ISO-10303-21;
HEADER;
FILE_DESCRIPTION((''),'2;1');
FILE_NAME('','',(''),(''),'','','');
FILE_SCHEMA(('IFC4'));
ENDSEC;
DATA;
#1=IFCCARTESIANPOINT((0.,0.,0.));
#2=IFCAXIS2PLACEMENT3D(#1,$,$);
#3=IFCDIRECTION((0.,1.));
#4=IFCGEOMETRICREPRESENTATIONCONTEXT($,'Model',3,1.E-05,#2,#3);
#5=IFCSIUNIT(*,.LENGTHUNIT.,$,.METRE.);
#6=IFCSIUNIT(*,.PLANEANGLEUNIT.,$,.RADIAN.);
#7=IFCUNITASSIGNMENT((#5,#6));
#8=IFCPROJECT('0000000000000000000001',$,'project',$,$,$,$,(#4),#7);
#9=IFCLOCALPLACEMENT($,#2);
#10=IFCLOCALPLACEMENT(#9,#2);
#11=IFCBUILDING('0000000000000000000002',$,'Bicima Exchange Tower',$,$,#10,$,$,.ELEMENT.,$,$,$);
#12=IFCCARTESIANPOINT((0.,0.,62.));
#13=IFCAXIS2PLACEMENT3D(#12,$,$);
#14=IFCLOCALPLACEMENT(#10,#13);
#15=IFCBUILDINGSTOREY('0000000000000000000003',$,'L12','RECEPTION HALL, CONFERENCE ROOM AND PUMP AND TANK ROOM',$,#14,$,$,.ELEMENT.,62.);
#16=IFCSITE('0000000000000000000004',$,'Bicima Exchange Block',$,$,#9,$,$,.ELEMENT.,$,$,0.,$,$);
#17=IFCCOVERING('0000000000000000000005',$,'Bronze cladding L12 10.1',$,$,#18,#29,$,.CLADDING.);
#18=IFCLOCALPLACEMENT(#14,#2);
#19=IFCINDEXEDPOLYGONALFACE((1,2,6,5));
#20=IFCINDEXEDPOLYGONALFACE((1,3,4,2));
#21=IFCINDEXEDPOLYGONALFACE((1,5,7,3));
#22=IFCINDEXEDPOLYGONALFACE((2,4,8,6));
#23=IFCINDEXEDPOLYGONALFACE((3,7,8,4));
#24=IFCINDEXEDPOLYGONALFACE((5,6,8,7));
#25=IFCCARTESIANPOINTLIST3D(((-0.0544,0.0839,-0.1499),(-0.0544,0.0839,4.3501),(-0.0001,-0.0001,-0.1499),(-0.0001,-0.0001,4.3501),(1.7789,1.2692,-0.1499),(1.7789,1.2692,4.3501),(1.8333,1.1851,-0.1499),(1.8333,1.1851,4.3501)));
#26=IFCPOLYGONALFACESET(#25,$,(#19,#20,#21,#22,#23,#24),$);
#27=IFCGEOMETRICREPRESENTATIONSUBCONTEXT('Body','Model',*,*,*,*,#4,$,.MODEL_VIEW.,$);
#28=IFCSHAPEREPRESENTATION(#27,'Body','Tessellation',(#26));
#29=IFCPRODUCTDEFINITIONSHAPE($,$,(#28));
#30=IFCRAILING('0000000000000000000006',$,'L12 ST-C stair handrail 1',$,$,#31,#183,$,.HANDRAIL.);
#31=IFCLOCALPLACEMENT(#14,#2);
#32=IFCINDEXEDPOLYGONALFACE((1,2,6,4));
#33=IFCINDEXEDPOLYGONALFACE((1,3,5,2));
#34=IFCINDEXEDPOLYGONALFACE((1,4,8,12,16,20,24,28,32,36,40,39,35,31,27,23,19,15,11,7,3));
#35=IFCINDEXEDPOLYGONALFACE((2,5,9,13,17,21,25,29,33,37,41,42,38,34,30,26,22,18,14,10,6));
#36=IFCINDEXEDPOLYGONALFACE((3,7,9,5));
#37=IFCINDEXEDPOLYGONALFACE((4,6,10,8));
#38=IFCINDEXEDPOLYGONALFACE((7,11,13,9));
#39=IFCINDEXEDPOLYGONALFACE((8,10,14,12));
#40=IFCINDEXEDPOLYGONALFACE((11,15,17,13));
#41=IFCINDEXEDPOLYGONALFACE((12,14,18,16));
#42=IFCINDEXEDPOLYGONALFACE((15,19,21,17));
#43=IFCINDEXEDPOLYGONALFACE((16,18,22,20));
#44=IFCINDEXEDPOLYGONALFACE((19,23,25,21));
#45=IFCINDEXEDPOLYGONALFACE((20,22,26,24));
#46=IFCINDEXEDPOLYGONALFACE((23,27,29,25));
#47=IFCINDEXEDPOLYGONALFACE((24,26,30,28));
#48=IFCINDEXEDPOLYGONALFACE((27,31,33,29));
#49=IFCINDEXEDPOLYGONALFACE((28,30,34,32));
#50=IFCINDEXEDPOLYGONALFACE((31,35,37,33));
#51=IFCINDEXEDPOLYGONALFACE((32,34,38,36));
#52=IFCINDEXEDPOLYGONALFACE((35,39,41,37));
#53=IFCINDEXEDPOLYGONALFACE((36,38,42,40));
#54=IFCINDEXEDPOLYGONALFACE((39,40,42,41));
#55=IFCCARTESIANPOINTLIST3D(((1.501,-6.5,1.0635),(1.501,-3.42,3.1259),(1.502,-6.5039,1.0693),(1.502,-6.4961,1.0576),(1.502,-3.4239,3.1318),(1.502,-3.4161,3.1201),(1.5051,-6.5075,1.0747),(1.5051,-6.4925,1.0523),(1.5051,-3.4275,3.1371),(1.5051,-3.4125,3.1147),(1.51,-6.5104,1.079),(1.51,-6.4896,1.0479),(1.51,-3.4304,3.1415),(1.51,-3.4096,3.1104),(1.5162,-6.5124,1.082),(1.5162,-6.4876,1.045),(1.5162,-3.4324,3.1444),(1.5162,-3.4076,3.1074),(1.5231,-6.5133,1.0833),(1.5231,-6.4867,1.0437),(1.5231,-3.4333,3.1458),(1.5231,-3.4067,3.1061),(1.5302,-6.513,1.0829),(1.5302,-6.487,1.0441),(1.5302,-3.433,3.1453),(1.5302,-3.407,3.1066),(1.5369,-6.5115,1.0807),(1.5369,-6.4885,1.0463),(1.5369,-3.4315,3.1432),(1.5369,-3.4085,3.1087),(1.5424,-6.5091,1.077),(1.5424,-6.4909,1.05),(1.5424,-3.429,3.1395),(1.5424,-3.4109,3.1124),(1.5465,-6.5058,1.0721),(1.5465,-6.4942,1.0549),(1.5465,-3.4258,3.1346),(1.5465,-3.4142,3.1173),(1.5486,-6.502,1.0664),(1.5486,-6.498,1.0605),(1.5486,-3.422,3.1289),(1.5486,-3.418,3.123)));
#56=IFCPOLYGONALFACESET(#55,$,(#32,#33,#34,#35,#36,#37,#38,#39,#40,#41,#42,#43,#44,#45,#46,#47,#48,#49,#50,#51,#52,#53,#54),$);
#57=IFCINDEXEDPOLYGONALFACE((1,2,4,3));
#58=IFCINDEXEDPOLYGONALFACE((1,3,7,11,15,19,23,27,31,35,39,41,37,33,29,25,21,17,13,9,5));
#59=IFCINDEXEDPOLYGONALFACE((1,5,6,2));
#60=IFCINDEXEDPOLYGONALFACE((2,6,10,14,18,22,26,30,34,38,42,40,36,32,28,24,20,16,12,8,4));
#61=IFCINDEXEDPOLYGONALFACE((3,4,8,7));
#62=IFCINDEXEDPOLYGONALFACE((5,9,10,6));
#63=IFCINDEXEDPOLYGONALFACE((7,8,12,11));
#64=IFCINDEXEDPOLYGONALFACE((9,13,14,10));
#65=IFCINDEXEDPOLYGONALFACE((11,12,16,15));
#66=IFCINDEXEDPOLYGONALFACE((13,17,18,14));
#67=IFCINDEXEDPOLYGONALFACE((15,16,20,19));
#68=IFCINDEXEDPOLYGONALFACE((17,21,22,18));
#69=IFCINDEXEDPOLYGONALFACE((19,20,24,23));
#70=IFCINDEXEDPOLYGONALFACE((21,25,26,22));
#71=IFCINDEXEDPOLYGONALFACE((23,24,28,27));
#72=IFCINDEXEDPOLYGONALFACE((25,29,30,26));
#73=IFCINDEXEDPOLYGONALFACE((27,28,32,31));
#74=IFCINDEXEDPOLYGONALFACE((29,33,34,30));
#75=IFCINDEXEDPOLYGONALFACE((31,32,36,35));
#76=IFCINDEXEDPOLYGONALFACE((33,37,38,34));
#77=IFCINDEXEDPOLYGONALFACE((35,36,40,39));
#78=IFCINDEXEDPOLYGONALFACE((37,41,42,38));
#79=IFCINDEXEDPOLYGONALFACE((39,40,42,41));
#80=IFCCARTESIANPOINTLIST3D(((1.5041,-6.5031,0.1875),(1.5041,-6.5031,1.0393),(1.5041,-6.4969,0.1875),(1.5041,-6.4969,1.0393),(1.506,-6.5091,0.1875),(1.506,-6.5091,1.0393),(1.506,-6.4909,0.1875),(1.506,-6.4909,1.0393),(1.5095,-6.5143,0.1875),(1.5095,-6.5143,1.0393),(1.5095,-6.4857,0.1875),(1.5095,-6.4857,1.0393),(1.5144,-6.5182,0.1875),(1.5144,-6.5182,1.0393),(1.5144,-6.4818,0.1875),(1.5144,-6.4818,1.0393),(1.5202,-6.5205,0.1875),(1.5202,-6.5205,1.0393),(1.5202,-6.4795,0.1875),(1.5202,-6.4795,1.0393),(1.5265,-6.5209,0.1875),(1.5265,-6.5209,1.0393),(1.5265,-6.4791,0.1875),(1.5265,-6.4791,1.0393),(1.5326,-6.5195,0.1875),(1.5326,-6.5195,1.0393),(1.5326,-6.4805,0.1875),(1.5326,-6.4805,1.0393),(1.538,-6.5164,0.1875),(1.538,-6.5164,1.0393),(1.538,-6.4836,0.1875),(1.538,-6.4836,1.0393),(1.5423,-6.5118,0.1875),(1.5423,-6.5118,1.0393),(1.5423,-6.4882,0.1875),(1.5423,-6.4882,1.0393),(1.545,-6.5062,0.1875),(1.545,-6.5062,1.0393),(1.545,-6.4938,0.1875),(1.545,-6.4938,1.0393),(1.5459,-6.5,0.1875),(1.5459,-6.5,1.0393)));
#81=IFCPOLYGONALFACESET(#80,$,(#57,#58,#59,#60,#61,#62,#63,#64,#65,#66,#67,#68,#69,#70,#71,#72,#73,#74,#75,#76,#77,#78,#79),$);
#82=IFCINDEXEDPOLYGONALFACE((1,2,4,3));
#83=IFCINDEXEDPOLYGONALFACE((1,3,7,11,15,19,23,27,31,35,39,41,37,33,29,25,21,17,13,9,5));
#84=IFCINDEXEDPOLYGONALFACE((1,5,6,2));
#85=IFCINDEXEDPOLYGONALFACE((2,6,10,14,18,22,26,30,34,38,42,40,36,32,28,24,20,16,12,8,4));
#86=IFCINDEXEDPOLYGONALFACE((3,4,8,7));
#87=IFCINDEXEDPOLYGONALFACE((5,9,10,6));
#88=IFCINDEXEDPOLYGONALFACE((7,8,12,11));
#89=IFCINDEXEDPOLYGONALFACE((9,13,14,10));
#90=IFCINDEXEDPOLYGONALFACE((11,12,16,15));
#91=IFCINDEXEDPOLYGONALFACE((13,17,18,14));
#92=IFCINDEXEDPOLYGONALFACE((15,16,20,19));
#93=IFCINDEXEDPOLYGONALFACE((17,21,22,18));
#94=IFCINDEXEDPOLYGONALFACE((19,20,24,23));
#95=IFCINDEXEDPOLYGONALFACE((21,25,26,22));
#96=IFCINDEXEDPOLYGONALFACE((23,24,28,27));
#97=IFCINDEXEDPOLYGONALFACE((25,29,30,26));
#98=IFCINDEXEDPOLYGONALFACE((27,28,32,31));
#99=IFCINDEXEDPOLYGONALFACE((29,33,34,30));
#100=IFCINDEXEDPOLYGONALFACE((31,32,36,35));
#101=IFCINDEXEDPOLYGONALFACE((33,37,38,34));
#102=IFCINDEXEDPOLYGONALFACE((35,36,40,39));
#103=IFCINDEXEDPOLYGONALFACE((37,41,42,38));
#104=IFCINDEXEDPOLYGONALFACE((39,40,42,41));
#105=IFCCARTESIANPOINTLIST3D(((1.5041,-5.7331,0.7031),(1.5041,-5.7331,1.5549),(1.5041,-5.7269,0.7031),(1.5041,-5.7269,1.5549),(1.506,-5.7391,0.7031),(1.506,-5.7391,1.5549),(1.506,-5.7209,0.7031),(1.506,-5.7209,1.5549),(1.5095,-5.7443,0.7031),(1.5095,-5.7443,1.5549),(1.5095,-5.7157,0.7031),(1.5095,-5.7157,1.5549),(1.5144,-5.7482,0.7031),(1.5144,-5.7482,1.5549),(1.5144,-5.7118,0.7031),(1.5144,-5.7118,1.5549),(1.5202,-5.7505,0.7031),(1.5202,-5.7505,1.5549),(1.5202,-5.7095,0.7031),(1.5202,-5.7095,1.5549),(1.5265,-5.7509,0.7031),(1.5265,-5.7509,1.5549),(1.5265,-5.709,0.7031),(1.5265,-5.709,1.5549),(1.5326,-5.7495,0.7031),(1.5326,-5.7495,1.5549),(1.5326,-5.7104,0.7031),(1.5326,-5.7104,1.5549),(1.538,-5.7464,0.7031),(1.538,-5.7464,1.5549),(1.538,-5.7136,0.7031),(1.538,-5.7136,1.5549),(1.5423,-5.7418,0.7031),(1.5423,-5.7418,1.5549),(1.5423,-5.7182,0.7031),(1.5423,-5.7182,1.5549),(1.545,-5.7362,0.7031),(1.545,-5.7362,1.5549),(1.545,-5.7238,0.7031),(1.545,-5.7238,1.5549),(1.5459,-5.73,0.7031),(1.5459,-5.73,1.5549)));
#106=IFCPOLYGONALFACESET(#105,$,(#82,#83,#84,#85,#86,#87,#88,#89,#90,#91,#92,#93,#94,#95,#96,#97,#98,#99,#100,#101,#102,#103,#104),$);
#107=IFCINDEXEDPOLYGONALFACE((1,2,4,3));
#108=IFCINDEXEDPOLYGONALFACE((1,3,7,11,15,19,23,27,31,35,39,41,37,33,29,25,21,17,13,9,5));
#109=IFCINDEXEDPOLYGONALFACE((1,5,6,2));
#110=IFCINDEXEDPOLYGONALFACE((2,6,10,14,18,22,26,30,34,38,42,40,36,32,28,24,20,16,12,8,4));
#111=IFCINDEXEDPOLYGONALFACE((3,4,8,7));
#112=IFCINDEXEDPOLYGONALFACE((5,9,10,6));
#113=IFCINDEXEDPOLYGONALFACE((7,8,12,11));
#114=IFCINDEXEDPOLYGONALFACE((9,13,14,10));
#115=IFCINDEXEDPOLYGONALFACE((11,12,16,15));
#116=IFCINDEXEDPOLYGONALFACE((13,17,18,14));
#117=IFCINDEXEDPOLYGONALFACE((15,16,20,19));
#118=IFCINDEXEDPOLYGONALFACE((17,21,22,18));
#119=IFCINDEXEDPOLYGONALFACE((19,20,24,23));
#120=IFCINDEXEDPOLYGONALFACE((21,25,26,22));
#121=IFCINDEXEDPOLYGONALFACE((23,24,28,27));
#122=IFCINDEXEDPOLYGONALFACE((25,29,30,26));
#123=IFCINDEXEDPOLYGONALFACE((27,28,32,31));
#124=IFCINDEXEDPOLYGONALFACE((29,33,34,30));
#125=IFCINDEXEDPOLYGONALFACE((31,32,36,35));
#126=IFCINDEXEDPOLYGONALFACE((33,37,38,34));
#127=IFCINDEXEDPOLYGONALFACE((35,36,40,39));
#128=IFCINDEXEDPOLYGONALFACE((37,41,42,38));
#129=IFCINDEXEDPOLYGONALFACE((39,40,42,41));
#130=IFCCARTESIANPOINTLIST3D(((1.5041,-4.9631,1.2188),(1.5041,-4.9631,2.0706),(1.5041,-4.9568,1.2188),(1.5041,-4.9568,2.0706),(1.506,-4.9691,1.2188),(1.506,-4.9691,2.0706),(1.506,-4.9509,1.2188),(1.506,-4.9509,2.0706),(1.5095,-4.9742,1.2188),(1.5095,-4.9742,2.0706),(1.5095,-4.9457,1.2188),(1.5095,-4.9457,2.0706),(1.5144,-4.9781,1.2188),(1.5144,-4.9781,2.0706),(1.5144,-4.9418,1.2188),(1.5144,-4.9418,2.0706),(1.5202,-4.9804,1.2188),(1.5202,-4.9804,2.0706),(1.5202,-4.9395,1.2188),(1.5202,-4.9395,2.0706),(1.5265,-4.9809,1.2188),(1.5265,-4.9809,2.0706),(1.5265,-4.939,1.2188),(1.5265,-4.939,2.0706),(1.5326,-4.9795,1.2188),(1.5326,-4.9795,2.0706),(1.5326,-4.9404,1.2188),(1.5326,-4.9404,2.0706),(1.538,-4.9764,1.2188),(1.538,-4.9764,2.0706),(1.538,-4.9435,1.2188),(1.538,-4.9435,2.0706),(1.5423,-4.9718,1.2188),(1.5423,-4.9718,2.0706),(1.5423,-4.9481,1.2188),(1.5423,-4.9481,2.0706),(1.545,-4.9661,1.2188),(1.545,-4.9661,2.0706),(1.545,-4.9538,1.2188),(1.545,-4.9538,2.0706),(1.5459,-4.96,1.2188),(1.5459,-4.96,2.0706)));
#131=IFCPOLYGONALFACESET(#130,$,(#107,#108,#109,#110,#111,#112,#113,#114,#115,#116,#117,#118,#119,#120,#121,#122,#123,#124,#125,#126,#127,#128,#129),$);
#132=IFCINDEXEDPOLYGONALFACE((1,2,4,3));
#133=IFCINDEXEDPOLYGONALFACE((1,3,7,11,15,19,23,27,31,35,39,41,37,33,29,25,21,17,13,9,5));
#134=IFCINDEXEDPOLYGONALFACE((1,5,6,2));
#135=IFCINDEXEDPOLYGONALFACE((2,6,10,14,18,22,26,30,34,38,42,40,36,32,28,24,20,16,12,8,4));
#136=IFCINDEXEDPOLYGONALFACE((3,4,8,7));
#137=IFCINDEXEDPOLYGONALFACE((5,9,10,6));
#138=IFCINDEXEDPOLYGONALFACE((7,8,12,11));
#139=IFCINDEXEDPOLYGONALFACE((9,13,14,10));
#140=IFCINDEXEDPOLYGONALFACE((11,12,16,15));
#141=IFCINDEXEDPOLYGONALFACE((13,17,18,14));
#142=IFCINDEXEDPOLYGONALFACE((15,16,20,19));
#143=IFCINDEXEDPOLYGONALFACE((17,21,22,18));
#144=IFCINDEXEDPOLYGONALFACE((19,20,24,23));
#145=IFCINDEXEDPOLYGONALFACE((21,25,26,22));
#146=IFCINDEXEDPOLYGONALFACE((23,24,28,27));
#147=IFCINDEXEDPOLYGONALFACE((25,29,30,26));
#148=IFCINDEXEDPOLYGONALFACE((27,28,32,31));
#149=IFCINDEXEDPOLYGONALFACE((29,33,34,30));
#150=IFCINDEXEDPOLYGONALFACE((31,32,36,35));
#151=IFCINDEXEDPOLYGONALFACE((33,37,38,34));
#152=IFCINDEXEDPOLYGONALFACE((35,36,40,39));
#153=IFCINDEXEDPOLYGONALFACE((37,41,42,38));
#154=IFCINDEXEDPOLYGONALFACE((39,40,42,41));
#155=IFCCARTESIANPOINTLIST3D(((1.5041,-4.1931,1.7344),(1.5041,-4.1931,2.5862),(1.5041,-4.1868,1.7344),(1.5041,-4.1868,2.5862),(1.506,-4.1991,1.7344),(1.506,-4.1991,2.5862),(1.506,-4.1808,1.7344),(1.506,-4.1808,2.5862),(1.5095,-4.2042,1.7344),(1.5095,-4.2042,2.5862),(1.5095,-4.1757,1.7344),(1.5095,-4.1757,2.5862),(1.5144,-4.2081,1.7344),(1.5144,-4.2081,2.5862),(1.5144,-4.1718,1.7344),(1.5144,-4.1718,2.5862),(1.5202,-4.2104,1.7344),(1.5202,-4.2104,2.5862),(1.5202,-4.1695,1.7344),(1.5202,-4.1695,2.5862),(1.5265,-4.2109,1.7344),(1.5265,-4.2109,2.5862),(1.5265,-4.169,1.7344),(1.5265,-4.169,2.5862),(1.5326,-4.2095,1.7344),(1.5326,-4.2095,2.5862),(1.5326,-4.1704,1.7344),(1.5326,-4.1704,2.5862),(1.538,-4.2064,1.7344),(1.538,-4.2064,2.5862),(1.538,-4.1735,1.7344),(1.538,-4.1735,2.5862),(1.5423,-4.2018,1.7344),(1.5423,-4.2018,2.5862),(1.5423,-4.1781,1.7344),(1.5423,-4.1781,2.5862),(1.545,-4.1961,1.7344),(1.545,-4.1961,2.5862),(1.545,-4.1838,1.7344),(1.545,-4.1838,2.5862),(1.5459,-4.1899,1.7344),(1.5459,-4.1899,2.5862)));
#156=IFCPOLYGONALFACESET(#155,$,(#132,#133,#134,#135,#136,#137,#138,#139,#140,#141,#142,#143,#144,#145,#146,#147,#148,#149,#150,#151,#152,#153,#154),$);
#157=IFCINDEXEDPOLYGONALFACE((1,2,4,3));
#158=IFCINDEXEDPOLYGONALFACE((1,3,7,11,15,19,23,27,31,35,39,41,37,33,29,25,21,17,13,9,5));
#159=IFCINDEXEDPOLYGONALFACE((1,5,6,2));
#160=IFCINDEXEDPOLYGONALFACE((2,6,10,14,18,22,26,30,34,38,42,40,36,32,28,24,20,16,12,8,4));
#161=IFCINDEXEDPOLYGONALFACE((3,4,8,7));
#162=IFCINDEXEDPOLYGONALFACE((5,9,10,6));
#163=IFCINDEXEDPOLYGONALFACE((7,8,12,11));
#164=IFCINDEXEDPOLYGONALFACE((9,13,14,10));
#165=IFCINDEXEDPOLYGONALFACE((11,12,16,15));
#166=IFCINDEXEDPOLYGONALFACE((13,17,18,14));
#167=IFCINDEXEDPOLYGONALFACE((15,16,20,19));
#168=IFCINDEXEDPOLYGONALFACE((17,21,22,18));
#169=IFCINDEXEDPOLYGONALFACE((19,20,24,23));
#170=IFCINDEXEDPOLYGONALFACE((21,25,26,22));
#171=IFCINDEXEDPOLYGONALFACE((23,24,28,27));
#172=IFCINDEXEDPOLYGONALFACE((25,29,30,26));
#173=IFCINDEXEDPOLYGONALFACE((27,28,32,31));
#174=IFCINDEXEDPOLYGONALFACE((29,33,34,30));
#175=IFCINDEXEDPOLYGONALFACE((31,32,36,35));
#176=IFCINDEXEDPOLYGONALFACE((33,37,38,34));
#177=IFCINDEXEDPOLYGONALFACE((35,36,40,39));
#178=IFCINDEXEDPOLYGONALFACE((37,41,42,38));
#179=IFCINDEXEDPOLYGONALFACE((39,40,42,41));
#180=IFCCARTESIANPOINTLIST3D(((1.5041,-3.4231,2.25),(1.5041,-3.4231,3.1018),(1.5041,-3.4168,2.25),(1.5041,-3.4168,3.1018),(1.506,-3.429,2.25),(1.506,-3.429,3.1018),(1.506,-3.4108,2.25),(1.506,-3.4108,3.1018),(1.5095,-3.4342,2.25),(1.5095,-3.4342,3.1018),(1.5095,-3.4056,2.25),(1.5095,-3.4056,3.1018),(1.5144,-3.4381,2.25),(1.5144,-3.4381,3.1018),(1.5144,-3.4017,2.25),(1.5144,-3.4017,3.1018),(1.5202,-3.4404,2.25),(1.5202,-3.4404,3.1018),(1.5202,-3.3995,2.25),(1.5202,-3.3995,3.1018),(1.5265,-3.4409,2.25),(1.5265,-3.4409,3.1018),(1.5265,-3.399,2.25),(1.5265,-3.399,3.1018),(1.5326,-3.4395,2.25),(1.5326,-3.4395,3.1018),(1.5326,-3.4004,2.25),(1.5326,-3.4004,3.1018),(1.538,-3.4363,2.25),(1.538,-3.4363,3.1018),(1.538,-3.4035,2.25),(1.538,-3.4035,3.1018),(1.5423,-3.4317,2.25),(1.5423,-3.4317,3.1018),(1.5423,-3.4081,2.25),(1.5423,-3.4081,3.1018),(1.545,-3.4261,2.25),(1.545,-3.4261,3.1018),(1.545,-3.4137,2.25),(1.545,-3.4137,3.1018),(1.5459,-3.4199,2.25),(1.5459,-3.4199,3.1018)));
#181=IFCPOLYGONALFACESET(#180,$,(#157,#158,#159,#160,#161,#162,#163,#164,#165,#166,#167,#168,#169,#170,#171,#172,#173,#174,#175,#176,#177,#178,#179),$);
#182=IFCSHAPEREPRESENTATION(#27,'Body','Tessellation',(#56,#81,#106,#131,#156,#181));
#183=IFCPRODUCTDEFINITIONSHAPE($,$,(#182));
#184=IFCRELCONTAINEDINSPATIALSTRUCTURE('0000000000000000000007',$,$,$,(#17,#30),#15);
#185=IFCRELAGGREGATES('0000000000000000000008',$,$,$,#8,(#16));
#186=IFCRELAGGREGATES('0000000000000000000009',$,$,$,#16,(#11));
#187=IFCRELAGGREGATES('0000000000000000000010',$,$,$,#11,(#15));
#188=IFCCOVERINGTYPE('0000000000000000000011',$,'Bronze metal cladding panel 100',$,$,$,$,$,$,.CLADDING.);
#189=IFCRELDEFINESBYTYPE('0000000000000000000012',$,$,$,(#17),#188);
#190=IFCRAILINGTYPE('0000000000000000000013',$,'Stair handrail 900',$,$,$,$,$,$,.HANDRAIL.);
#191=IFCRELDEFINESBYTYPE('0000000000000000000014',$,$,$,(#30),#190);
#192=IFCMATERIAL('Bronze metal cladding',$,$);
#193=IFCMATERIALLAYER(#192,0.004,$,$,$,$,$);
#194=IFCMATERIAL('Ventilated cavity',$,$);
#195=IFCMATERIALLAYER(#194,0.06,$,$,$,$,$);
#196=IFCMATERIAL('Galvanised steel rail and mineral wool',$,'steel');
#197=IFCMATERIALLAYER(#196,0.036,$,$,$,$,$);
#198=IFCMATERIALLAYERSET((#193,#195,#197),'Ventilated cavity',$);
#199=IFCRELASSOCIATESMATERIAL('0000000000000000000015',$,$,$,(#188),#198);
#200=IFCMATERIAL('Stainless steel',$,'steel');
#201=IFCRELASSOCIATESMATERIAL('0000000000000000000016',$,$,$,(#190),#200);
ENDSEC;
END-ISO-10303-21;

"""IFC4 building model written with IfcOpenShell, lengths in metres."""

from ifc_helpers import new_model, si_unit, direction, frame, origin, origin_2d, place, context, subcontext, project, spatial, rectangle, circle, extrude, material, layer, layer_set, type_object, element, save


model = new_model("IFC4")

# Units and contexts
model_context = context("Model", 3, precision=1e-05, world=origin(), true_north=direction((0.0, 1.0)))
body_context = subcontext(model_context, "Body", "Model", "MODEL_VIEW")
ifc_project = project(units=[si_unit("LENGTHUNIT", "METRE"), si_unit("PLANEANGLEUNIT", "RADIAN")], contexts=[model_context])

# Site, building, storey
site_placement = place(None, origin())
site = spatial("IfcSite", under=ifc_project, at=site_placement, Name="Bicima Exchange Block", CompositionType="ELEMENT", RefElevation=0.0)
building_placement = place(site_placement, origin())
building = spatial("IfcBuilding", under=site, at=building_placement, Name="Bicima Exchange Tower", CompositionType="ELEMENT")
storey_placement = place(building_placement, frame((0.0, 0.0, 62.0)))
storey = spatial("IfcBuildingStorey", under=building, at=storey_placement, Name="L12", Description="RECEPTION HALL, CONFERENCE ROOM AND PUMP AND TANK ROOM", CompositionType="ELEMENT", Elevation=62.0)

# Shared definitions
ifc_material_1 = material(Name="Stainless steel", Category="steel")

# Covering
ifc_material_2 = material(Name="Bronze metal cladding")
ifc_layer_1 = layer(ifc_material_2, 0.004)
ifc_material_3 = material(Name="Ventilated cavity")
ifc_layer_2 = layer(ifc_material_3, 0.06)
ifc_material_4 = material(Name="Galvanised steel rail and mineral wool", Category="steel")
ifc_layer_3 = layer(ifc_material_4, 0.036)
ifc_layer_set_1 = layer_set([ifc_layer_1, ifc_layer_2, ifc_layer_3], Name="Ventilated cavity")
covering_type = type_object("IfcCoveringType", Name="Bronze metal cladding panel 100", PredefinedType="CLADDING", material=ifc_layer_set_1)
covering_1_placement = place(storey_placement, frame((0.8894, 0.6345, -0.1499), z_axis=(0.0, 0.0, 1.0), x_axis=(-0.83979, -0.542911, 0.0)))
element("IfcCovering", 1, at=covering_1_placement, inside=storey, type_object=covering_type, Name="Bronze cladding L12 10.1", PredefinedType="CLADDING", context=body_context, shape_type="SweptSolid", body=[
    extrude(rectangle(XDim=2.1831, YDim=0.1001, at=origin_2d()), origin(), (0.0, 0.0, 1.0), 4.5),
])

# Railing
railing_type_1 = type_object("IfcRailingType", Name="Stair handrail 900", PredefinedType="HANDRAIL", material=ifc_material_1)
railing_1_placement = place(storey_placement, frame((1.5249, -6.5, 0.1875)))
element("IfcRailing", 2, at=railing_1_placement, inside=storey, type_object=railing_type_1, Name="L12 ST-C stair handrail 1", PredefinedType="HANDRAIL", context=body_context, shape_type="SweptSolid", body=[
    extrude(circle(Radius=0.0239, at=origin_2d()), frame((0.0, 0.0, 0.876), z_axis=(0.0, 0.830914, 0.556401), x_axis=(-1.0, 0.0, 0.0)), (0.0, 0.0, 1.0), 3.7068),
    extrude(circle(Radius=0.021, at=origin_2d()), origin(), (0.0, 0.0, 1.0), 0.8518),
    extrude(circle(Radius=0.021, at=origin_2d()), frame((0.0, 0.77, 0.5156)), (0.0, 0.0, 1.0), 0.8518),
    extrude(circle(Radius=0.021, at=origin_2d()), frame((0.0, 1.54, 1.0312)), (0.0, 0.0, 1.0), 0.8518),
    extrude(circle(Radius=0.021, at=origin_2d()), frame((0.0, 2.3101, 1.5469)), (0.0, 0.0, 1.0), 0.8518),
    extrude(circle(Radius=0.021, at=origin_2d()), frame((0.0, 3.0801, 2.0625)), (0.0, 0.0, 1.0), 0.8518),
])

save(model, "model.ifc")
